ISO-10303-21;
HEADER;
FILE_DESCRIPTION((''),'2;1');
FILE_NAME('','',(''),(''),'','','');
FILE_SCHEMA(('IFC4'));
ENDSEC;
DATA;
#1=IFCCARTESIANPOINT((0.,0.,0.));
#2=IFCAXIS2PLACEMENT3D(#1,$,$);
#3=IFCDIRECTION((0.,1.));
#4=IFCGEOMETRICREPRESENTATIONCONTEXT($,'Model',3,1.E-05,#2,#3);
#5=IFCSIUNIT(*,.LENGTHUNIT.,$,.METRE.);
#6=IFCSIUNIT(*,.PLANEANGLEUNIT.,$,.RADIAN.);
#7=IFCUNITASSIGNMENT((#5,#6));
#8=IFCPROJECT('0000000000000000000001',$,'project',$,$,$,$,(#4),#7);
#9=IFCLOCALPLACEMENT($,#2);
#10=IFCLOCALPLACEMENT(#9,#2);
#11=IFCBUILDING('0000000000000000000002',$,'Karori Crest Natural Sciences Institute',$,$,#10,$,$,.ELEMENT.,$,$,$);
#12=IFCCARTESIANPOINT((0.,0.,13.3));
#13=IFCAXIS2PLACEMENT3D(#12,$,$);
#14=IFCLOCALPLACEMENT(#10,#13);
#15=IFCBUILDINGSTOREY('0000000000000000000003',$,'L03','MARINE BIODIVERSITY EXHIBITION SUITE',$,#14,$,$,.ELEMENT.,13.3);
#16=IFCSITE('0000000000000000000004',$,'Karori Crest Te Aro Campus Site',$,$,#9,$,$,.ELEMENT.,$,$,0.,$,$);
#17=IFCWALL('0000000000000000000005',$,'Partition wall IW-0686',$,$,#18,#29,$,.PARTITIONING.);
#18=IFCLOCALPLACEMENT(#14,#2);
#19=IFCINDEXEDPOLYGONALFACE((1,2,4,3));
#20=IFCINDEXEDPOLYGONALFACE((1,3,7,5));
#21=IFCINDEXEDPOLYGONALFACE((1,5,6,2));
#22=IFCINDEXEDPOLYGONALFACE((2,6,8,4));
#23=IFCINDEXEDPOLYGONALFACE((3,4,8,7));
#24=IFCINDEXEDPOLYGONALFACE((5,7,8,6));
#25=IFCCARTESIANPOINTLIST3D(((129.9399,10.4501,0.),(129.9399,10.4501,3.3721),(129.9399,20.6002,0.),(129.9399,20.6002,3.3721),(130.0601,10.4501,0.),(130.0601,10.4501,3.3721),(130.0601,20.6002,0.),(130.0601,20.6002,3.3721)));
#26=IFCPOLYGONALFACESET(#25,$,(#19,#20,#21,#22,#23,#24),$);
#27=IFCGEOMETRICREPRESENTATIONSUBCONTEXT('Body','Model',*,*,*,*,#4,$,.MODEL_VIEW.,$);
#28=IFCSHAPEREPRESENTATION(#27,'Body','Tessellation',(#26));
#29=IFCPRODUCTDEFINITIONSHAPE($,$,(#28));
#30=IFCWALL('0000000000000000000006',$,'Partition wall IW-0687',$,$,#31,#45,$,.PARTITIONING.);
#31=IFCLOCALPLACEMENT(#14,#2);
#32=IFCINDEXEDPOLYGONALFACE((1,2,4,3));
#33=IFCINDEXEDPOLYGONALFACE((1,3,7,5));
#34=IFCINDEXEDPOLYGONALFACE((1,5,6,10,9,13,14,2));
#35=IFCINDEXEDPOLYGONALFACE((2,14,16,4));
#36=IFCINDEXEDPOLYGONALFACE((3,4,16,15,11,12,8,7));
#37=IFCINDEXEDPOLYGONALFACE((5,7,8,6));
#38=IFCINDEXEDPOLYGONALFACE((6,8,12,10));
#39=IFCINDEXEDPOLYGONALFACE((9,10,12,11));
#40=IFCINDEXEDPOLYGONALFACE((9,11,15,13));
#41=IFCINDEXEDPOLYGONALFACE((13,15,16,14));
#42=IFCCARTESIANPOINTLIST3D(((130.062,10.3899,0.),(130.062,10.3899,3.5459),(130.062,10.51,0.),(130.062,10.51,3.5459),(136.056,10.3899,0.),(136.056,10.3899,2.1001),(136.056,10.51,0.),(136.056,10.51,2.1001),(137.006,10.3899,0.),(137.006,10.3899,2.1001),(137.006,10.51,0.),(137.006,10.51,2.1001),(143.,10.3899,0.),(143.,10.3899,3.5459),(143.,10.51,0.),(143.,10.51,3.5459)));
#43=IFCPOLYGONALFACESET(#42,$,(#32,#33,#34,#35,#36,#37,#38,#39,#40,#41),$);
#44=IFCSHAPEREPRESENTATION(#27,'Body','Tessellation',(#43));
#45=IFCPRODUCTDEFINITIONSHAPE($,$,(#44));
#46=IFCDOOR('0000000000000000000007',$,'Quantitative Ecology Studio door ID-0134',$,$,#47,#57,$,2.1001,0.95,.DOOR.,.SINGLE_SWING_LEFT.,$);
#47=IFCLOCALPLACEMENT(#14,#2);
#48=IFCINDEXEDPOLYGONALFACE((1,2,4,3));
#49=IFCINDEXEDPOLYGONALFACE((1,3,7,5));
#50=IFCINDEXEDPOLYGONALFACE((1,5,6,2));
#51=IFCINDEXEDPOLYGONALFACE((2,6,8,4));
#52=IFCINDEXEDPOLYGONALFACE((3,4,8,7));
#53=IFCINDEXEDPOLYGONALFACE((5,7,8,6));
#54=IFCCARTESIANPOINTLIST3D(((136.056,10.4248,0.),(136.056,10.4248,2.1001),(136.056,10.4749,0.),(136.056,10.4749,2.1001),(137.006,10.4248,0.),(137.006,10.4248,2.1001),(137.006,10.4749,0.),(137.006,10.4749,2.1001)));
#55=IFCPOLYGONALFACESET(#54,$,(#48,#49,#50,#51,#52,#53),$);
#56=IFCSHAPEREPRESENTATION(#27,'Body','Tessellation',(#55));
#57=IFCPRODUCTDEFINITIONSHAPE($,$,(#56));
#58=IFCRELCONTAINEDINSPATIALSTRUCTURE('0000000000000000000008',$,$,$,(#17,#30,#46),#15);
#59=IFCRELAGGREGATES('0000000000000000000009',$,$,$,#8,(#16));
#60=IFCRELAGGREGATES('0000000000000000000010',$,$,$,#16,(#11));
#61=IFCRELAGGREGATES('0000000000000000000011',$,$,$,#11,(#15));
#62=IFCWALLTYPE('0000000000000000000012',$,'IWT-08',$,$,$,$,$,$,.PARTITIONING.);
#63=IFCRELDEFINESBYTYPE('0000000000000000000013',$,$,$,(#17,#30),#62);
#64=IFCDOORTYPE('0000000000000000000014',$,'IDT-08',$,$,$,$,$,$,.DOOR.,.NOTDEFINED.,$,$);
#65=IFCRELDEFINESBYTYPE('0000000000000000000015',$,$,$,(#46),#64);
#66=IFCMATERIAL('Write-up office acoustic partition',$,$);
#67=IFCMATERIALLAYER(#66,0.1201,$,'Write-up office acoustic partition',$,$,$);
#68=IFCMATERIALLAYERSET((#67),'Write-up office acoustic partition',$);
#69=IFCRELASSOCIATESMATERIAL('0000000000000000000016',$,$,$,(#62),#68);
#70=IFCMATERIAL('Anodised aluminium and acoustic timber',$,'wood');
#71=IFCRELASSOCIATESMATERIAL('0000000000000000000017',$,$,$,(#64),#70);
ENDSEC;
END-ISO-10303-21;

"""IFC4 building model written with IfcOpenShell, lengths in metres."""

from ifc_helpers import new_model, si_unit, direction, frame, frame_2d, origin, place, context, subcontext, project, spatial, rectangle, extrude, material, layer, layer_set, type_object, element, fill, save


model = new_model("IFC4")

# Units and contexts
model_context = context("Model", 3, precision=1e-05, world=origin(), true_north=direction((0.0, 1.0)))
body_context = subcontext(model_context, "Body", "Model", "MODEL_VIEW")
ifc_project = project(units=[si_unit("LENGTHUNIT", "METRE"), si_unit("PLANEANGLEUNIT", "RADIAN")], contexts=[model_context])

# Site, building, storey
site_placement = place(None, origin())
site = spatial("IfcSite", under=ifc_project, at=site_placement, Name="Karori Crest Te Aro Campus Site", CompositionType="ELEMENT", RefElevation=0.0)
building_placement = place(site_placement, origin())
building = spatial("IfcBuilding", under=site, at=building_placement, Name="Karori Crest Natural Sciences Institute", CompositionType="ELEMENT")
storey_placement = place(building_placement, frame((0.0, 0.0, 13.3)))
storey = spatial("IfcBuildingStorey", under=building, at=storey_placement, Name="L03", Description="MARINE BIODIVERSITY EXHIBITION SUITE", CompositionType="ELEMENT", Elevation=13.3)

# Wall
ifc_material_1 = material(Name="Write-up office acoustic partition")
ifc_layer_1 = layer(ifc_material_1, 0.1201, Name="Write-up office acoustic partition")
ifc_layer_set_1 = layer_set([ifc_layer_1], Name="Write-up office acoustic partition")
wall_type_1 = type_object("IfcWallType", Name="IWT-08", PredefinedType="PARTITIONING", material=ifc_layer_set_1)
wall_1_placement = place(storey_placement, frame((130.0, 10.45, 0.0), z_axis=(0.0, 0.0, 1.0), x_axis=(0.0, 1.0, 0.0)))
element("IfcWall", 1, at=wall_1_placement, inside=storey, type_object=wall_type_1, Name="Partition wall IW-0686", PredefinedType="PARTITIONING", context=body_context, shape_type="SweptSolid", body=[
    extrude(rectangle(XDim=10.1501, YDim=0.1201, at=frame_2d((5.0752, 0.0))), origin(), (0.0, 0.0, 1.0), 3.3721),
])

# Wall, opening, door
wall_2_placement = place(storey_placement, frame((130.062, 10.45, 0.0), z_axis=(0.0, 0.0, 1.0), x_axis=(1.0, 0.0, 0.0)))
wall_2 = element("IfcWall", 2, at=wall_2_placement, inside=storey, type_object=wall_type_1, Name="Partition wall IW-0687", PredefinedType="PARTITIONING", context=body_context, shape_type="SweptSolid", body=[
    extrude(rectangle(XDim=12.938, YDim=0.1201, at=frame_2d((6.469, 0.0))), origin(), (0.0, 0.0, 1.0), 3.5459),
])
opening_1_placement = place(wall_2_placement, frame((5.9939, 0.0, 0.0)))
opening_1 = element("IfcOpeningElement", 3, at=opening_1_placement, cuts=wall_2, PredefinedType="OPENING", context=body_context, shape_type="SweptSolid", body=[
    extrude(rectangle(XDim=0.95, YDim=2.1001, at=frame_2d((0.4751, 1.05))), frame((0.0, 0.0701, 0.0), z_axis=(0.0, -1.0, 0.0), x_axis=(1.0, 0.0, 0.0)), (0.0, 0.0, 1.0), 0.1401),
])
ifc_material_2 = material(Name="Anodised aluminium and acoustic timber", Category="wood")
door_type_1 = type_object("IfcDoorType", Name="IDT-08", OperationType="NOTDEFINED", PredefinedType="DOOR", material=ifc_material_2)
door_1_placement = place(opening_1_placement, origin())
door_1 = element("IfcDoor", 4, at=door_1_placement, inside=storey, type_object=door_type_1, Name="Quantitative Ecology Studio door ID-0134", OperationType="SINGLE_SWING_LEFT", OverallHeight=2.1001, OverallWidth=0.95, PredefinedType="DOOR", context=body_context, shape_type="SweptSolid", body=[
    extrude(rectangle(XDim=0.95, YDim=2.1001, at=frame_2d((0.4751, 1.05))), frame((0.0, 0.0249, 0.0), z_axis=(0.0, -1.0, 0.0), x_axis=(1.0, 0.0, 0.0)), (0.0, 0.0, 1.0), 0.05),
])
fill(opening_1, door_1)

save(model, "model.ifc")
